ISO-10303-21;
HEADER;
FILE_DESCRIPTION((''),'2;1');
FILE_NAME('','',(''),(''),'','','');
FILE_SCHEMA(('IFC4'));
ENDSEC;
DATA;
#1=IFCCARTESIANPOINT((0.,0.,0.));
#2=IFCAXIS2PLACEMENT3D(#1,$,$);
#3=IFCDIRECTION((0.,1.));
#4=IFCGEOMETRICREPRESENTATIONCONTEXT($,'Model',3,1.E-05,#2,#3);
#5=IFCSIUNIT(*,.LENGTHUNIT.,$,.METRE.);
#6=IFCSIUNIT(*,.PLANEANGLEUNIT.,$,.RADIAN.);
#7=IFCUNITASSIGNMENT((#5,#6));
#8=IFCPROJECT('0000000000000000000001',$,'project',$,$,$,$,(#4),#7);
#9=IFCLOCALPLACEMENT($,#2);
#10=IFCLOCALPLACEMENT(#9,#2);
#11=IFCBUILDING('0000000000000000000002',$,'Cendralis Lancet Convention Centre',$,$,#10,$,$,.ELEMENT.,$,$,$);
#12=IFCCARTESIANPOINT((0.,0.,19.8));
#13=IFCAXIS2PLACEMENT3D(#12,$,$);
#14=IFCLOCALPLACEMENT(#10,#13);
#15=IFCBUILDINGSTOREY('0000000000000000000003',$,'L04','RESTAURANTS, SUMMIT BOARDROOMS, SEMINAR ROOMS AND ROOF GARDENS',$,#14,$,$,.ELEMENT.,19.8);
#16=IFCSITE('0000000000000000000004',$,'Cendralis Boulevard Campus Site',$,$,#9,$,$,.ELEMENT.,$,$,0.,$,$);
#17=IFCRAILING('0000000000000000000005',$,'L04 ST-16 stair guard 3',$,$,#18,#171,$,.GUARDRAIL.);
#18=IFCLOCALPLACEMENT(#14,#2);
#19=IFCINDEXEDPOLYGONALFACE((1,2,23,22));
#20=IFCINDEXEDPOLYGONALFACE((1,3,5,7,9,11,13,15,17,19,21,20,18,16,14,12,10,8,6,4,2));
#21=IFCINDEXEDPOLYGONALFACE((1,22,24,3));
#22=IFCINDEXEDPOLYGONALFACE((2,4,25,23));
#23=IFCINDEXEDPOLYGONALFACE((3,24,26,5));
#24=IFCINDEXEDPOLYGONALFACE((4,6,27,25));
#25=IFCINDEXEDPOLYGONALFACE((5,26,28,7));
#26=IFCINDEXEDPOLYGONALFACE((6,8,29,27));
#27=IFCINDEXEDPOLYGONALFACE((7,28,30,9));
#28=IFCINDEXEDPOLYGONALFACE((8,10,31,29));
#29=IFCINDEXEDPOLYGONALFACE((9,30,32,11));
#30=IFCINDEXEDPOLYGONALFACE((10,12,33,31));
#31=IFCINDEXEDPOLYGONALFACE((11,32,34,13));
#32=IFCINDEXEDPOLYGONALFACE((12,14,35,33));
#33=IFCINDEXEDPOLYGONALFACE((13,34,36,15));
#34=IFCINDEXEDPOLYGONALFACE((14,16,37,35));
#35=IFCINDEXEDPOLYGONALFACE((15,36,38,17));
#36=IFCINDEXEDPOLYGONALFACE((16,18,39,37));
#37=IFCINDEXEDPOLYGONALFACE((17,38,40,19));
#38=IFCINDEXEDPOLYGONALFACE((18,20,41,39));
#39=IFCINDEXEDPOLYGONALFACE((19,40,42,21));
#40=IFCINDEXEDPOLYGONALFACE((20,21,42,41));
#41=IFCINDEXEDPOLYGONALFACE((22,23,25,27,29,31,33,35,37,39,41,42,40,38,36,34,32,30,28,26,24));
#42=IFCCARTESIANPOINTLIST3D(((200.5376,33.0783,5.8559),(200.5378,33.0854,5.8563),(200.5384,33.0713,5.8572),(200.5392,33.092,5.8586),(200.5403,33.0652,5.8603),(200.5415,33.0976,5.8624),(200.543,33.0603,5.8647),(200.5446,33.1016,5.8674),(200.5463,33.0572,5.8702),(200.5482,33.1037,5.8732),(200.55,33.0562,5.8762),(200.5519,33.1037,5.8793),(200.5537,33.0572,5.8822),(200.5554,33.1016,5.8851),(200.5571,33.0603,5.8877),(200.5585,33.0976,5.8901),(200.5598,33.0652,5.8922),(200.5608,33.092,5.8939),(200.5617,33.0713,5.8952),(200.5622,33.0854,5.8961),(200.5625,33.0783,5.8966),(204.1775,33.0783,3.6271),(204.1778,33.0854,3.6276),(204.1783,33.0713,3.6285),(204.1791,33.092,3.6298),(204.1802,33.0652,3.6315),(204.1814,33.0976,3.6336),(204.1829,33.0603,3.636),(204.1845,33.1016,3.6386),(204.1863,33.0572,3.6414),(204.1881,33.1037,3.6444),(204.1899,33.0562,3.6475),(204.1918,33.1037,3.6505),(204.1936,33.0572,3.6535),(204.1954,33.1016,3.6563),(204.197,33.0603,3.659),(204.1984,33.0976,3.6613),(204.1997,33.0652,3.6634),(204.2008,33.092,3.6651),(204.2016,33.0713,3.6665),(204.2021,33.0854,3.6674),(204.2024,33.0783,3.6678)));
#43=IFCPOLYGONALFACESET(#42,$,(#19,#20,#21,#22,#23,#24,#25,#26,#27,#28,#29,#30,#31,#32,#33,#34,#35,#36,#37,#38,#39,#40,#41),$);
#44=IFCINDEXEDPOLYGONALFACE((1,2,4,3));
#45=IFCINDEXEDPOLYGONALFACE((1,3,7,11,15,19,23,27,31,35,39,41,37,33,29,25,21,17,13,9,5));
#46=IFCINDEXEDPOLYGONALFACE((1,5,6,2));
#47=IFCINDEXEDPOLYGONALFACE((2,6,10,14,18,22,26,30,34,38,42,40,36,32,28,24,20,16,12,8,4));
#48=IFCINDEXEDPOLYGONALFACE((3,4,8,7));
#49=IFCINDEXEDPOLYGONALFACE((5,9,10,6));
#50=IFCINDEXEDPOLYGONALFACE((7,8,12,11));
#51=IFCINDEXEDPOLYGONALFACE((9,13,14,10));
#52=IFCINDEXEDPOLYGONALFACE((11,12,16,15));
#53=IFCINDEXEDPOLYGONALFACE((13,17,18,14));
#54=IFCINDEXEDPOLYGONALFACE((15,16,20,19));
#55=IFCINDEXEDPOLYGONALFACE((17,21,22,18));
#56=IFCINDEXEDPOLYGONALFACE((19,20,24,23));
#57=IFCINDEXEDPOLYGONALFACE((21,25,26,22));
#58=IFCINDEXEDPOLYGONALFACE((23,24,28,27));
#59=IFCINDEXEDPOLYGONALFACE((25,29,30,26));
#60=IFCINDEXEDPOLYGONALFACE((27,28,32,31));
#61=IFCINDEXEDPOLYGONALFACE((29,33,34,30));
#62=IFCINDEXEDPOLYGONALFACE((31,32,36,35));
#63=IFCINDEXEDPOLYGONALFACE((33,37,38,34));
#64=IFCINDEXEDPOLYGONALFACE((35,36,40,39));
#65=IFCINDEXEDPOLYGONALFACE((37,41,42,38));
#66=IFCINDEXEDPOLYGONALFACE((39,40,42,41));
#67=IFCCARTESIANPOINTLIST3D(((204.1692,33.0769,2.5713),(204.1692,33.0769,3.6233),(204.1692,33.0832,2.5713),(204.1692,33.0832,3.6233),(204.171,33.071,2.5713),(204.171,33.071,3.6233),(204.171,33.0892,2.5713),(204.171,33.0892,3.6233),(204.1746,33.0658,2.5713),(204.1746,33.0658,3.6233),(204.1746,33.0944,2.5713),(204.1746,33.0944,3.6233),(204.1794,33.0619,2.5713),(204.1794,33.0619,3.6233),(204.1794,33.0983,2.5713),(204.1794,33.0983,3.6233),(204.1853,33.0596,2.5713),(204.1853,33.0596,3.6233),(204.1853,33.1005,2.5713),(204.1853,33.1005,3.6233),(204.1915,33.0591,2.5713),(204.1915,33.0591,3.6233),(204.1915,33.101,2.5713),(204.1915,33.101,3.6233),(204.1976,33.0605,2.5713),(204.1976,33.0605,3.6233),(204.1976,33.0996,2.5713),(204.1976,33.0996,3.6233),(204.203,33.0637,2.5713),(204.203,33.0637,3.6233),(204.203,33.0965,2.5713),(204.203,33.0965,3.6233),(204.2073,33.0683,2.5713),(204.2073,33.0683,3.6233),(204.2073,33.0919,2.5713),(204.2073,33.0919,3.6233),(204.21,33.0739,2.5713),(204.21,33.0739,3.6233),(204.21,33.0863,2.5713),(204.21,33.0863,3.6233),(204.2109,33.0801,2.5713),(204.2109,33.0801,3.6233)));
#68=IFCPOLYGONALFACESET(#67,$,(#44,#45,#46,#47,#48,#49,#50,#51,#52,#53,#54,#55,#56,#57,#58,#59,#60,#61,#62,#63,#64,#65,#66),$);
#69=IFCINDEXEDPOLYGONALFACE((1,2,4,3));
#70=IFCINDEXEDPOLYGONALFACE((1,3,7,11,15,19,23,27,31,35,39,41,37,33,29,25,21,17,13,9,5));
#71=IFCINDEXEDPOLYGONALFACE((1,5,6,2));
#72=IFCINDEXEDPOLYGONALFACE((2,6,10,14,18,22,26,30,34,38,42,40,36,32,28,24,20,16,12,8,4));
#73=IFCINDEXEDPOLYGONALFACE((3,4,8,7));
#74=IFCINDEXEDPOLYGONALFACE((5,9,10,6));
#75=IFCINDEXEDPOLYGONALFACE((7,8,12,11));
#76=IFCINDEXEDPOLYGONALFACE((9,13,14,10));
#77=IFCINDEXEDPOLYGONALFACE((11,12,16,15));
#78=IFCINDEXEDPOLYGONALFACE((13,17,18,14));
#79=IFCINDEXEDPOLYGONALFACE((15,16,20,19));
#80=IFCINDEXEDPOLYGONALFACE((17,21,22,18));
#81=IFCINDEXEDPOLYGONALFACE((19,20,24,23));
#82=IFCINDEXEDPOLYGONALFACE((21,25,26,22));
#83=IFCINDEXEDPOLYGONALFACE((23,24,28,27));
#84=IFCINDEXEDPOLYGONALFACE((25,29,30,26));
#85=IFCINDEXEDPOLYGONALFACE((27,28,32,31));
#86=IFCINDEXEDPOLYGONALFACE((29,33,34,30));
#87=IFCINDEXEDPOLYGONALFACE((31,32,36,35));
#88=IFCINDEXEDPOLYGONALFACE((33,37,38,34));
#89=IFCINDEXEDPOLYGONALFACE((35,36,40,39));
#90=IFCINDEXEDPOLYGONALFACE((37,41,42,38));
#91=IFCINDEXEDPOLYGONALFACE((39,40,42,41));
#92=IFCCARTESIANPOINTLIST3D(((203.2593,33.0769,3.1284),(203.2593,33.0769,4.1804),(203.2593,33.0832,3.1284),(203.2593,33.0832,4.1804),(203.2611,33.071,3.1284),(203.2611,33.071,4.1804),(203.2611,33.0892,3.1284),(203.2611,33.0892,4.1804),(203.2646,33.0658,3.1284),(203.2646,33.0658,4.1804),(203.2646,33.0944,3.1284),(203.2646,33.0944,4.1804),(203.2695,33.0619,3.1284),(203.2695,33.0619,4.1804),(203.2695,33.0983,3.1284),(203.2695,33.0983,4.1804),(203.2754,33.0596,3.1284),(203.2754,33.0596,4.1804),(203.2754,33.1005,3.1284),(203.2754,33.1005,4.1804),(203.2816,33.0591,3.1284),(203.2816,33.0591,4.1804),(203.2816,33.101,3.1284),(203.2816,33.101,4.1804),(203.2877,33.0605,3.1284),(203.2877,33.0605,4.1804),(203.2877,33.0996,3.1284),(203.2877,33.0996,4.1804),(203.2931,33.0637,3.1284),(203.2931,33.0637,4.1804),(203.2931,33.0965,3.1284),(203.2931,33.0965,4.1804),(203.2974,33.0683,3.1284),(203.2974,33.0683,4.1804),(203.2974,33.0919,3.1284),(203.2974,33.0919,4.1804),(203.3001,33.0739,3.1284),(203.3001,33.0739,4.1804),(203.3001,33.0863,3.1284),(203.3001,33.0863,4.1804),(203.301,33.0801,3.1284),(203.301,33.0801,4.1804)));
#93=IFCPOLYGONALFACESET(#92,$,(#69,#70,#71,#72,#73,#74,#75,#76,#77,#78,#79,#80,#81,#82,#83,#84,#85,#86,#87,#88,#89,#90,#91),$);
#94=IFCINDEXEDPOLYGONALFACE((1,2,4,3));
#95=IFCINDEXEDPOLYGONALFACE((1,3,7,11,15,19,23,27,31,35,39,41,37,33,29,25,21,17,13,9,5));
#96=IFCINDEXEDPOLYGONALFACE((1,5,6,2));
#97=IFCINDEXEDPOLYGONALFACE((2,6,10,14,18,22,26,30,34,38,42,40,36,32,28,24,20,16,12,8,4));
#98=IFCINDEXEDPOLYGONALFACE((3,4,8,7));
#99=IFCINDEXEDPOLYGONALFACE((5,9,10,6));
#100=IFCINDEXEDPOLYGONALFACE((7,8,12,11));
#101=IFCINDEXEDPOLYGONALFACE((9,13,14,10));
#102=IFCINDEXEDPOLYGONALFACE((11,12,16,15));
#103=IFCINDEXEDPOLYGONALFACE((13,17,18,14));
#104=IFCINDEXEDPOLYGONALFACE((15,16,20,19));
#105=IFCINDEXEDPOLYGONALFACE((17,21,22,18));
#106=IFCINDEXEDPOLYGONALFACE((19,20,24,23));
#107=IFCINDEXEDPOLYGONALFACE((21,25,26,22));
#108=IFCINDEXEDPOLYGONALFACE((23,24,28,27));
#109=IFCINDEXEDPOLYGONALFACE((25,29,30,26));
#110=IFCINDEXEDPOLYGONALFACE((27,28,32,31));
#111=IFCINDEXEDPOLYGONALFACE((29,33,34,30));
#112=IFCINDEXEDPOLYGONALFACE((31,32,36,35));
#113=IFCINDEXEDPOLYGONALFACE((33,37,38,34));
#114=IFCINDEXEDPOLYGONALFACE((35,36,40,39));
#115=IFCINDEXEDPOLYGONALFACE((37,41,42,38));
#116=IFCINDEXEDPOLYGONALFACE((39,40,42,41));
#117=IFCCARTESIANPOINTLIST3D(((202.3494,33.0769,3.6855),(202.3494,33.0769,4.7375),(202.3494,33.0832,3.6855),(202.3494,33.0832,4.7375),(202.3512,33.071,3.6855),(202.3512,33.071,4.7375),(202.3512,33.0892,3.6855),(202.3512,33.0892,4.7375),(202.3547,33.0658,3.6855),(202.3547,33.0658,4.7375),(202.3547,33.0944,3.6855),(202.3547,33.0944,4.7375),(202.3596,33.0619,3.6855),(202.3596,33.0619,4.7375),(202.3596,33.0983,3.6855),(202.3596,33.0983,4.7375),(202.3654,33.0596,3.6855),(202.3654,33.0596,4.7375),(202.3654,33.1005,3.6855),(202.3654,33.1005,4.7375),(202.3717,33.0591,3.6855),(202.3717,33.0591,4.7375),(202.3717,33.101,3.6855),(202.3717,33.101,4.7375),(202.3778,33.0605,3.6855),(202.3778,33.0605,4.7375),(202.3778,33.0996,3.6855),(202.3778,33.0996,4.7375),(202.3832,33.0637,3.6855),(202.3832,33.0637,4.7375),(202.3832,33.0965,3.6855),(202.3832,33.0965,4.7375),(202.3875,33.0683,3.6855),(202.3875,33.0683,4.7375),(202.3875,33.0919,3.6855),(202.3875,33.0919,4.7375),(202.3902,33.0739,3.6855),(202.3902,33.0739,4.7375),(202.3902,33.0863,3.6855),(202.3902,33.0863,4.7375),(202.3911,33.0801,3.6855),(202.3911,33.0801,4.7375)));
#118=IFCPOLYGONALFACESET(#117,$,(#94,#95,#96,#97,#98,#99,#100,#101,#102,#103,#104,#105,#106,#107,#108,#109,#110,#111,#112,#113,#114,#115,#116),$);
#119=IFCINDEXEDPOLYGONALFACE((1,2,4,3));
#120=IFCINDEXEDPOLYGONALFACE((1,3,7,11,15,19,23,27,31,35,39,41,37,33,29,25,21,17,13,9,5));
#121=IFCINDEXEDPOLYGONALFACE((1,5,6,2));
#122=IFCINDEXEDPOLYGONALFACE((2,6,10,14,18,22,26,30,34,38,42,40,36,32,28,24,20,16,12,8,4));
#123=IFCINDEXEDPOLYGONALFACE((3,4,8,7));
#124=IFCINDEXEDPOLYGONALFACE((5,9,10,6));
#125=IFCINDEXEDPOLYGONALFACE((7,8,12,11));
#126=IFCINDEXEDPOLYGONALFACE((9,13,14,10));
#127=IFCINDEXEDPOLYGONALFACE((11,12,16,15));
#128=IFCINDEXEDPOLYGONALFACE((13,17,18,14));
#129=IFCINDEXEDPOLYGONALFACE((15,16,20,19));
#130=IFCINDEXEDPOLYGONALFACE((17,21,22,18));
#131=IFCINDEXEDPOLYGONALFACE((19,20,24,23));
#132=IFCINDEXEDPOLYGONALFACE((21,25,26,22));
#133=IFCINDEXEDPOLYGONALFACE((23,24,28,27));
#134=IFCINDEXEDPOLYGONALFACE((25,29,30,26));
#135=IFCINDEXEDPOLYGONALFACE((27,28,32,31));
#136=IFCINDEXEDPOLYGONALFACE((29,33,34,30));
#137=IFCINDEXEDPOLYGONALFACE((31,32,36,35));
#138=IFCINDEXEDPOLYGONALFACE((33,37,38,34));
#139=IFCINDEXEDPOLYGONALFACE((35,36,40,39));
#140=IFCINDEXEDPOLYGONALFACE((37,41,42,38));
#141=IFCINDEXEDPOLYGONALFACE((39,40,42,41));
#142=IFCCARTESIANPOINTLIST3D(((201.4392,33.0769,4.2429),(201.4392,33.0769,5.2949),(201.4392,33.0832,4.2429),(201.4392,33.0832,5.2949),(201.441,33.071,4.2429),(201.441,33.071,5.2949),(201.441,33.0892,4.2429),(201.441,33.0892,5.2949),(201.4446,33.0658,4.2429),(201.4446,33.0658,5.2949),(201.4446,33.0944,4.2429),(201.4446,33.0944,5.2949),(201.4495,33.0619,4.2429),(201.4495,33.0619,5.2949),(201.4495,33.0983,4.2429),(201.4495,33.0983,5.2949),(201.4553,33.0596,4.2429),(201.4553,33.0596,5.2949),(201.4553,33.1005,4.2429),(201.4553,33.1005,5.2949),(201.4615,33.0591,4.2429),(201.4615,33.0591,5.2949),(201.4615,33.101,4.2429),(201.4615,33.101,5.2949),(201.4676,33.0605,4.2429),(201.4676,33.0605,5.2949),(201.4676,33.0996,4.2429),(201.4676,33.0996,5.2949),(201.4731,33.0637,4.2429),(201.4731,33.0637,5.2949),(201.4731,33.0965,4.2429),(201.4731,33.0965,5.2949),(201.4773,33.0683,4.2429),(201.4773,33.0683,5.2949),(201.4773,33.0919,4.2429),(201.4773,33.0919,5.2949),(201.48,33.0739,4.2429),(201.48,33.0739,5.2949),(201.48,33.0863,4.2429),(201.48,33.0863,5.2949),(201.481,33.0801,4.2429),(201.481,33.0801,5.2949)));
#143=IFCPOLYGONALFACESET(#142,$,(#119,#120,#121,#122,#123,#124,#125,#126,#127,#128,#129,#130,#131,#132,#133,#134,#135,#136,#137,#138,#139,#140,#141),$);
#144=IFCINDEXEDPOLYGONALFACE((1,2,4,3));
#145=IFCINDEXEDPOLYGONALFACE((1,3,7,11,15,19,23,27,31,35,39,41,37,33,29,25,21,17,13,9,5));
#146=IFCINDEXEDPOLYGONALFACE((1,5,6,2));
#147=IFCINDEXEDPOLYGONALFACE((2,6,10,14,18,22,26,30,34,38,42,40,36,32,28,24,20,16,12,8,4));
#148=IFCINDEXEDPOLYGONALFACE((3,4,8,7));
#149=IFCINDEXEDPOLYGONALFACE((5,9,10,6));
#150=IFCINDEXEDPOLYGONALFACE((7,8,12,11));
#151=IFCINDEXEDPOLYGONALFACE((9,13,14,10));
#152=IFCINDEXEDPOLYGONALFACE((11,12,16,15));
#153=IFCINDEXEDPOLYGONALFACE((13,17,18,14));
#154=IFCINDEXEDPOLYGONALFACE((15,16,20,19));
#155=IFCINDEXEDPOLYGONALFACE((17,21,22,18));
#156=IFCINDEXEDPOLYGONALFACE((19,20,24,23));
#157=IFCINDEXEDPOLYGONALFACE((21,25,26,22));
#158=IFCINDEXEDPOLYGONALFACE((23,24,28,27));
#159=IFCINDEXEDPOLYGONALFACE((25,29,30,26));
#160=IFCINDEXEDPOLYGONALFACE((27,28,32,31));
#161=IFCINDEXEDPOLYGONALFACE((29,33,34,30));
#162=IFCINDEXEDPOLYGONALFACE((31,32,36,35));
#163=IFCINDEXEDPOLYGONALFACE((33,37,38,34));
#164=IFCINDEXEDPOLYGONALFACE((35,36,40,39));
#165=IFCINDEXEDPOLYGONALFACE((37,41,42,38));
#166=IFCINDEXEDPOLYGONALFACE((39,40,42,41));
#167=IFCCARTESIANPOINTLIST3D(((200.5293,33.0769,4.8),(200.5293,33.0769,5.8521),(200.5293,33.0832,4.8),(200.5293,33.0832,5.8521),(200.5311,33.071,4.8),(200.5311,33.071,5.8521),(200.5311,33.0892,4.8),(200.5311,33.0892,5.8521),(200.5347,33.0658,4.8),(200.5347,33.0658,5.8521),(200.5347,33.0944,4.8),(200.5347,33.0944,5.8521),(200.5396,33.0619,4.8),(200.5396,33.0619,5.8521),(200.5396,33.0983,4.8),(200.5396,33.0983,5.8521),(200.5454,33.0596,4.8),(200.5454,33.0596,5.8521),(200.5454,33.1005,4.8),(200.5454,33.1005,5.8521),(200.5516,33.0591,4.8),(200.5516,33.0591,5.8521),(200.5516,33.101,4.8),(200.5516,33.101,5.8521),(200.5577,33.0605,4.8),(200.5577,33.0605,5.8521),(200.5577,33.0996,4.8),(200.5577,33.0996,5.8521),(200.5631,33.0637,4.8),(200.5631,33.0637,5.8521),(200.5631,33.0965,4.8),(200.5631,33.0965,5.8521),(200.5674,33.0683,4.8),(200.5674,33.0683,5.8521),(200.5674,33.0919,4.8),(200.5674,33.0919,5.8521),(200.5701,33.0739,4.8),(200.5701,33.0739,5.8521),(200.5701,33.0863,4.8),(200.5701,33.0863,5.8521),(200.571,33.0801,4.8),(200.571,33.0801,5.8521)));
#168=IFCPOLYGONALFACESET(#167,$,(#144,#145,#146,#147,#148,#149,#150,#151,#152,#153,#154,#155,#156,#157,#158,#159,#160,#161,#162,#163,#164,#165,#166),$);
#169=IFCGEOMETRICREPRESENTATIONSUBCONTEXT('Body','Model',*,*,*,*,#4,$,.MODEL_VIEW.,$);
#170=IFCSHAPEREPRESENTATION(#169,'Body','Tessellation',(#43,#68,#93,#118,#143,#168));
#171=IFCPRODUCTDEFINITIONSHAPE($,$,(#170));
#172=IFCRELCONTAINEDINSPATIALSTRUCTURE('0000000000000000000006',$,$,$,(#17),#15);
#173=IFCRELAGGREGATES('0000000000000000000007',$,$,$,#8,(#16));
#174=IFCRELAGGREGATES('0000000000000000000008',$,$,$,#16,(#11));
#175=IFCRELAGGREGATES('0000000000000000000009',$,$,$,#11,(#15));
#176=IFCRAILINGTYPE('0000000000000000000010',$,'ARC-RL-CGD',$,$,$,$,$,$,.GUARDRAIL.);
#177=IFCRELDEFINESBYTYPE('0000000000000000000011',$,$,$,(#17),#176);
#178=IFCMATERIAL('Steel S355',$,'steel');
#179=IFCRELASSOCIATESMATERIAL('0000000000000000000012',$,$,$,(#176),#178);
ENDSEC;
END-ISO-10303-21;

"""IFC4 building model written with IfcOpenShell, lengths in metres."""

from ifc_helpers import new_model, si_unit, direction, frame, origin, origin_2d, place, context, subcontext, project, spatial, circle, extrude, material, type_object, element, save


model = new_model("IFC4")

# Units and contexts
model_context = context("Model", 3, precision=1e-05, world=origin(), true_north=direction((0.0, 1.0)))
body_context = subcontext(model_context, "Body", "Model", "MODEL_VIEW")
ifc_project = project(units=[si_unit("LENGTHUNIT", "METRE"), si_unit("PLANEANGLEUNIT", "RADIAN")], contexts=[model_context])

# Site, building, storey
site_placement = place(None, origin())
site = spatial("IfcSite", under=ifc_project, at=site_placement, Name="Cendralis Boulevard Campus Site", CompositionType="ELEMENT", RefElevation=0.0)
building_placement = place(site_placement, origin())
building = spatial("IfcBuilding", under=site, at=building_placement, Name="Cendralis Lancet Convention Centre", CompositionType="ELEMENT")
storey_placement = place(building_placement, frame((0.0, 0.0, 19.8)))
storey = spatial("IfcBuildingStorey", under=building, at=storey_placement, Name="L04", Description="RESTAURANTS, SUMMIT BOARDROOMS, SEMINAR ROOMS AND ROOF GARDENS", CompositionType="ELEMENT", Elevation=19.8)

# Railing
ifc_material_1 = material(Name="Steel S355", Category="steel")
railing_type_1 = type_object("IfcRailingType", Name="ARC-RL-CGD", PredefinedType="GUARDRAIL", material=ifc_material_1)
railing_1_placement = place(storey_placement, frame((204.1899, 33.0801, 2.5713)))
element("IfcRailing", 1, at=railing_1_placement, inside=storey, type_object=railing_type_1, Name="L04 ST-16 stair guard 3", PredefinedType="GUARDRAIL", context=body_context, shape_type="SweptSolid", body=[
    extrude(circle(Radius=0.0239, at=origin_2d()), frame((0.0, 0.0, 1.0762), z_axis=(-0.852825, 0.0, 0.522197), x_axis=(0.0, -1.0, 0.0)), (0.0, 0.0, 1.0), 4.2681),
    extrude(circle(Radius=0.021, at=origin_2d()), origin(), (0.0, 0.0, 1.0), 1.052),
    extrude(circle(Radius=0.021, at=origin_2d()), frame((-0.9099, 0.0, 0.5571)), (0.0, 0.0, 1.0), 1.052),
    extrude(circle(Radius=0.021, at=origin_2d()), frame((-1.8198, 0.0, 1.1143)), (0.0, 0.0, 1.0), 1.052),
    extrude(circle(Radius=0.021, at=origin_2d()), frame((-2.73, 0.0, 1.6716)), (0.0, 0.0, 1.0), 1.052),
    extrude(circle(Radius=0.021, at=origin_2d()), frame((-3.6399, 0.0, 2.2288)), (0.0, 0.0, 1.0), 1.052),
])

save(model, "model.ifc")
